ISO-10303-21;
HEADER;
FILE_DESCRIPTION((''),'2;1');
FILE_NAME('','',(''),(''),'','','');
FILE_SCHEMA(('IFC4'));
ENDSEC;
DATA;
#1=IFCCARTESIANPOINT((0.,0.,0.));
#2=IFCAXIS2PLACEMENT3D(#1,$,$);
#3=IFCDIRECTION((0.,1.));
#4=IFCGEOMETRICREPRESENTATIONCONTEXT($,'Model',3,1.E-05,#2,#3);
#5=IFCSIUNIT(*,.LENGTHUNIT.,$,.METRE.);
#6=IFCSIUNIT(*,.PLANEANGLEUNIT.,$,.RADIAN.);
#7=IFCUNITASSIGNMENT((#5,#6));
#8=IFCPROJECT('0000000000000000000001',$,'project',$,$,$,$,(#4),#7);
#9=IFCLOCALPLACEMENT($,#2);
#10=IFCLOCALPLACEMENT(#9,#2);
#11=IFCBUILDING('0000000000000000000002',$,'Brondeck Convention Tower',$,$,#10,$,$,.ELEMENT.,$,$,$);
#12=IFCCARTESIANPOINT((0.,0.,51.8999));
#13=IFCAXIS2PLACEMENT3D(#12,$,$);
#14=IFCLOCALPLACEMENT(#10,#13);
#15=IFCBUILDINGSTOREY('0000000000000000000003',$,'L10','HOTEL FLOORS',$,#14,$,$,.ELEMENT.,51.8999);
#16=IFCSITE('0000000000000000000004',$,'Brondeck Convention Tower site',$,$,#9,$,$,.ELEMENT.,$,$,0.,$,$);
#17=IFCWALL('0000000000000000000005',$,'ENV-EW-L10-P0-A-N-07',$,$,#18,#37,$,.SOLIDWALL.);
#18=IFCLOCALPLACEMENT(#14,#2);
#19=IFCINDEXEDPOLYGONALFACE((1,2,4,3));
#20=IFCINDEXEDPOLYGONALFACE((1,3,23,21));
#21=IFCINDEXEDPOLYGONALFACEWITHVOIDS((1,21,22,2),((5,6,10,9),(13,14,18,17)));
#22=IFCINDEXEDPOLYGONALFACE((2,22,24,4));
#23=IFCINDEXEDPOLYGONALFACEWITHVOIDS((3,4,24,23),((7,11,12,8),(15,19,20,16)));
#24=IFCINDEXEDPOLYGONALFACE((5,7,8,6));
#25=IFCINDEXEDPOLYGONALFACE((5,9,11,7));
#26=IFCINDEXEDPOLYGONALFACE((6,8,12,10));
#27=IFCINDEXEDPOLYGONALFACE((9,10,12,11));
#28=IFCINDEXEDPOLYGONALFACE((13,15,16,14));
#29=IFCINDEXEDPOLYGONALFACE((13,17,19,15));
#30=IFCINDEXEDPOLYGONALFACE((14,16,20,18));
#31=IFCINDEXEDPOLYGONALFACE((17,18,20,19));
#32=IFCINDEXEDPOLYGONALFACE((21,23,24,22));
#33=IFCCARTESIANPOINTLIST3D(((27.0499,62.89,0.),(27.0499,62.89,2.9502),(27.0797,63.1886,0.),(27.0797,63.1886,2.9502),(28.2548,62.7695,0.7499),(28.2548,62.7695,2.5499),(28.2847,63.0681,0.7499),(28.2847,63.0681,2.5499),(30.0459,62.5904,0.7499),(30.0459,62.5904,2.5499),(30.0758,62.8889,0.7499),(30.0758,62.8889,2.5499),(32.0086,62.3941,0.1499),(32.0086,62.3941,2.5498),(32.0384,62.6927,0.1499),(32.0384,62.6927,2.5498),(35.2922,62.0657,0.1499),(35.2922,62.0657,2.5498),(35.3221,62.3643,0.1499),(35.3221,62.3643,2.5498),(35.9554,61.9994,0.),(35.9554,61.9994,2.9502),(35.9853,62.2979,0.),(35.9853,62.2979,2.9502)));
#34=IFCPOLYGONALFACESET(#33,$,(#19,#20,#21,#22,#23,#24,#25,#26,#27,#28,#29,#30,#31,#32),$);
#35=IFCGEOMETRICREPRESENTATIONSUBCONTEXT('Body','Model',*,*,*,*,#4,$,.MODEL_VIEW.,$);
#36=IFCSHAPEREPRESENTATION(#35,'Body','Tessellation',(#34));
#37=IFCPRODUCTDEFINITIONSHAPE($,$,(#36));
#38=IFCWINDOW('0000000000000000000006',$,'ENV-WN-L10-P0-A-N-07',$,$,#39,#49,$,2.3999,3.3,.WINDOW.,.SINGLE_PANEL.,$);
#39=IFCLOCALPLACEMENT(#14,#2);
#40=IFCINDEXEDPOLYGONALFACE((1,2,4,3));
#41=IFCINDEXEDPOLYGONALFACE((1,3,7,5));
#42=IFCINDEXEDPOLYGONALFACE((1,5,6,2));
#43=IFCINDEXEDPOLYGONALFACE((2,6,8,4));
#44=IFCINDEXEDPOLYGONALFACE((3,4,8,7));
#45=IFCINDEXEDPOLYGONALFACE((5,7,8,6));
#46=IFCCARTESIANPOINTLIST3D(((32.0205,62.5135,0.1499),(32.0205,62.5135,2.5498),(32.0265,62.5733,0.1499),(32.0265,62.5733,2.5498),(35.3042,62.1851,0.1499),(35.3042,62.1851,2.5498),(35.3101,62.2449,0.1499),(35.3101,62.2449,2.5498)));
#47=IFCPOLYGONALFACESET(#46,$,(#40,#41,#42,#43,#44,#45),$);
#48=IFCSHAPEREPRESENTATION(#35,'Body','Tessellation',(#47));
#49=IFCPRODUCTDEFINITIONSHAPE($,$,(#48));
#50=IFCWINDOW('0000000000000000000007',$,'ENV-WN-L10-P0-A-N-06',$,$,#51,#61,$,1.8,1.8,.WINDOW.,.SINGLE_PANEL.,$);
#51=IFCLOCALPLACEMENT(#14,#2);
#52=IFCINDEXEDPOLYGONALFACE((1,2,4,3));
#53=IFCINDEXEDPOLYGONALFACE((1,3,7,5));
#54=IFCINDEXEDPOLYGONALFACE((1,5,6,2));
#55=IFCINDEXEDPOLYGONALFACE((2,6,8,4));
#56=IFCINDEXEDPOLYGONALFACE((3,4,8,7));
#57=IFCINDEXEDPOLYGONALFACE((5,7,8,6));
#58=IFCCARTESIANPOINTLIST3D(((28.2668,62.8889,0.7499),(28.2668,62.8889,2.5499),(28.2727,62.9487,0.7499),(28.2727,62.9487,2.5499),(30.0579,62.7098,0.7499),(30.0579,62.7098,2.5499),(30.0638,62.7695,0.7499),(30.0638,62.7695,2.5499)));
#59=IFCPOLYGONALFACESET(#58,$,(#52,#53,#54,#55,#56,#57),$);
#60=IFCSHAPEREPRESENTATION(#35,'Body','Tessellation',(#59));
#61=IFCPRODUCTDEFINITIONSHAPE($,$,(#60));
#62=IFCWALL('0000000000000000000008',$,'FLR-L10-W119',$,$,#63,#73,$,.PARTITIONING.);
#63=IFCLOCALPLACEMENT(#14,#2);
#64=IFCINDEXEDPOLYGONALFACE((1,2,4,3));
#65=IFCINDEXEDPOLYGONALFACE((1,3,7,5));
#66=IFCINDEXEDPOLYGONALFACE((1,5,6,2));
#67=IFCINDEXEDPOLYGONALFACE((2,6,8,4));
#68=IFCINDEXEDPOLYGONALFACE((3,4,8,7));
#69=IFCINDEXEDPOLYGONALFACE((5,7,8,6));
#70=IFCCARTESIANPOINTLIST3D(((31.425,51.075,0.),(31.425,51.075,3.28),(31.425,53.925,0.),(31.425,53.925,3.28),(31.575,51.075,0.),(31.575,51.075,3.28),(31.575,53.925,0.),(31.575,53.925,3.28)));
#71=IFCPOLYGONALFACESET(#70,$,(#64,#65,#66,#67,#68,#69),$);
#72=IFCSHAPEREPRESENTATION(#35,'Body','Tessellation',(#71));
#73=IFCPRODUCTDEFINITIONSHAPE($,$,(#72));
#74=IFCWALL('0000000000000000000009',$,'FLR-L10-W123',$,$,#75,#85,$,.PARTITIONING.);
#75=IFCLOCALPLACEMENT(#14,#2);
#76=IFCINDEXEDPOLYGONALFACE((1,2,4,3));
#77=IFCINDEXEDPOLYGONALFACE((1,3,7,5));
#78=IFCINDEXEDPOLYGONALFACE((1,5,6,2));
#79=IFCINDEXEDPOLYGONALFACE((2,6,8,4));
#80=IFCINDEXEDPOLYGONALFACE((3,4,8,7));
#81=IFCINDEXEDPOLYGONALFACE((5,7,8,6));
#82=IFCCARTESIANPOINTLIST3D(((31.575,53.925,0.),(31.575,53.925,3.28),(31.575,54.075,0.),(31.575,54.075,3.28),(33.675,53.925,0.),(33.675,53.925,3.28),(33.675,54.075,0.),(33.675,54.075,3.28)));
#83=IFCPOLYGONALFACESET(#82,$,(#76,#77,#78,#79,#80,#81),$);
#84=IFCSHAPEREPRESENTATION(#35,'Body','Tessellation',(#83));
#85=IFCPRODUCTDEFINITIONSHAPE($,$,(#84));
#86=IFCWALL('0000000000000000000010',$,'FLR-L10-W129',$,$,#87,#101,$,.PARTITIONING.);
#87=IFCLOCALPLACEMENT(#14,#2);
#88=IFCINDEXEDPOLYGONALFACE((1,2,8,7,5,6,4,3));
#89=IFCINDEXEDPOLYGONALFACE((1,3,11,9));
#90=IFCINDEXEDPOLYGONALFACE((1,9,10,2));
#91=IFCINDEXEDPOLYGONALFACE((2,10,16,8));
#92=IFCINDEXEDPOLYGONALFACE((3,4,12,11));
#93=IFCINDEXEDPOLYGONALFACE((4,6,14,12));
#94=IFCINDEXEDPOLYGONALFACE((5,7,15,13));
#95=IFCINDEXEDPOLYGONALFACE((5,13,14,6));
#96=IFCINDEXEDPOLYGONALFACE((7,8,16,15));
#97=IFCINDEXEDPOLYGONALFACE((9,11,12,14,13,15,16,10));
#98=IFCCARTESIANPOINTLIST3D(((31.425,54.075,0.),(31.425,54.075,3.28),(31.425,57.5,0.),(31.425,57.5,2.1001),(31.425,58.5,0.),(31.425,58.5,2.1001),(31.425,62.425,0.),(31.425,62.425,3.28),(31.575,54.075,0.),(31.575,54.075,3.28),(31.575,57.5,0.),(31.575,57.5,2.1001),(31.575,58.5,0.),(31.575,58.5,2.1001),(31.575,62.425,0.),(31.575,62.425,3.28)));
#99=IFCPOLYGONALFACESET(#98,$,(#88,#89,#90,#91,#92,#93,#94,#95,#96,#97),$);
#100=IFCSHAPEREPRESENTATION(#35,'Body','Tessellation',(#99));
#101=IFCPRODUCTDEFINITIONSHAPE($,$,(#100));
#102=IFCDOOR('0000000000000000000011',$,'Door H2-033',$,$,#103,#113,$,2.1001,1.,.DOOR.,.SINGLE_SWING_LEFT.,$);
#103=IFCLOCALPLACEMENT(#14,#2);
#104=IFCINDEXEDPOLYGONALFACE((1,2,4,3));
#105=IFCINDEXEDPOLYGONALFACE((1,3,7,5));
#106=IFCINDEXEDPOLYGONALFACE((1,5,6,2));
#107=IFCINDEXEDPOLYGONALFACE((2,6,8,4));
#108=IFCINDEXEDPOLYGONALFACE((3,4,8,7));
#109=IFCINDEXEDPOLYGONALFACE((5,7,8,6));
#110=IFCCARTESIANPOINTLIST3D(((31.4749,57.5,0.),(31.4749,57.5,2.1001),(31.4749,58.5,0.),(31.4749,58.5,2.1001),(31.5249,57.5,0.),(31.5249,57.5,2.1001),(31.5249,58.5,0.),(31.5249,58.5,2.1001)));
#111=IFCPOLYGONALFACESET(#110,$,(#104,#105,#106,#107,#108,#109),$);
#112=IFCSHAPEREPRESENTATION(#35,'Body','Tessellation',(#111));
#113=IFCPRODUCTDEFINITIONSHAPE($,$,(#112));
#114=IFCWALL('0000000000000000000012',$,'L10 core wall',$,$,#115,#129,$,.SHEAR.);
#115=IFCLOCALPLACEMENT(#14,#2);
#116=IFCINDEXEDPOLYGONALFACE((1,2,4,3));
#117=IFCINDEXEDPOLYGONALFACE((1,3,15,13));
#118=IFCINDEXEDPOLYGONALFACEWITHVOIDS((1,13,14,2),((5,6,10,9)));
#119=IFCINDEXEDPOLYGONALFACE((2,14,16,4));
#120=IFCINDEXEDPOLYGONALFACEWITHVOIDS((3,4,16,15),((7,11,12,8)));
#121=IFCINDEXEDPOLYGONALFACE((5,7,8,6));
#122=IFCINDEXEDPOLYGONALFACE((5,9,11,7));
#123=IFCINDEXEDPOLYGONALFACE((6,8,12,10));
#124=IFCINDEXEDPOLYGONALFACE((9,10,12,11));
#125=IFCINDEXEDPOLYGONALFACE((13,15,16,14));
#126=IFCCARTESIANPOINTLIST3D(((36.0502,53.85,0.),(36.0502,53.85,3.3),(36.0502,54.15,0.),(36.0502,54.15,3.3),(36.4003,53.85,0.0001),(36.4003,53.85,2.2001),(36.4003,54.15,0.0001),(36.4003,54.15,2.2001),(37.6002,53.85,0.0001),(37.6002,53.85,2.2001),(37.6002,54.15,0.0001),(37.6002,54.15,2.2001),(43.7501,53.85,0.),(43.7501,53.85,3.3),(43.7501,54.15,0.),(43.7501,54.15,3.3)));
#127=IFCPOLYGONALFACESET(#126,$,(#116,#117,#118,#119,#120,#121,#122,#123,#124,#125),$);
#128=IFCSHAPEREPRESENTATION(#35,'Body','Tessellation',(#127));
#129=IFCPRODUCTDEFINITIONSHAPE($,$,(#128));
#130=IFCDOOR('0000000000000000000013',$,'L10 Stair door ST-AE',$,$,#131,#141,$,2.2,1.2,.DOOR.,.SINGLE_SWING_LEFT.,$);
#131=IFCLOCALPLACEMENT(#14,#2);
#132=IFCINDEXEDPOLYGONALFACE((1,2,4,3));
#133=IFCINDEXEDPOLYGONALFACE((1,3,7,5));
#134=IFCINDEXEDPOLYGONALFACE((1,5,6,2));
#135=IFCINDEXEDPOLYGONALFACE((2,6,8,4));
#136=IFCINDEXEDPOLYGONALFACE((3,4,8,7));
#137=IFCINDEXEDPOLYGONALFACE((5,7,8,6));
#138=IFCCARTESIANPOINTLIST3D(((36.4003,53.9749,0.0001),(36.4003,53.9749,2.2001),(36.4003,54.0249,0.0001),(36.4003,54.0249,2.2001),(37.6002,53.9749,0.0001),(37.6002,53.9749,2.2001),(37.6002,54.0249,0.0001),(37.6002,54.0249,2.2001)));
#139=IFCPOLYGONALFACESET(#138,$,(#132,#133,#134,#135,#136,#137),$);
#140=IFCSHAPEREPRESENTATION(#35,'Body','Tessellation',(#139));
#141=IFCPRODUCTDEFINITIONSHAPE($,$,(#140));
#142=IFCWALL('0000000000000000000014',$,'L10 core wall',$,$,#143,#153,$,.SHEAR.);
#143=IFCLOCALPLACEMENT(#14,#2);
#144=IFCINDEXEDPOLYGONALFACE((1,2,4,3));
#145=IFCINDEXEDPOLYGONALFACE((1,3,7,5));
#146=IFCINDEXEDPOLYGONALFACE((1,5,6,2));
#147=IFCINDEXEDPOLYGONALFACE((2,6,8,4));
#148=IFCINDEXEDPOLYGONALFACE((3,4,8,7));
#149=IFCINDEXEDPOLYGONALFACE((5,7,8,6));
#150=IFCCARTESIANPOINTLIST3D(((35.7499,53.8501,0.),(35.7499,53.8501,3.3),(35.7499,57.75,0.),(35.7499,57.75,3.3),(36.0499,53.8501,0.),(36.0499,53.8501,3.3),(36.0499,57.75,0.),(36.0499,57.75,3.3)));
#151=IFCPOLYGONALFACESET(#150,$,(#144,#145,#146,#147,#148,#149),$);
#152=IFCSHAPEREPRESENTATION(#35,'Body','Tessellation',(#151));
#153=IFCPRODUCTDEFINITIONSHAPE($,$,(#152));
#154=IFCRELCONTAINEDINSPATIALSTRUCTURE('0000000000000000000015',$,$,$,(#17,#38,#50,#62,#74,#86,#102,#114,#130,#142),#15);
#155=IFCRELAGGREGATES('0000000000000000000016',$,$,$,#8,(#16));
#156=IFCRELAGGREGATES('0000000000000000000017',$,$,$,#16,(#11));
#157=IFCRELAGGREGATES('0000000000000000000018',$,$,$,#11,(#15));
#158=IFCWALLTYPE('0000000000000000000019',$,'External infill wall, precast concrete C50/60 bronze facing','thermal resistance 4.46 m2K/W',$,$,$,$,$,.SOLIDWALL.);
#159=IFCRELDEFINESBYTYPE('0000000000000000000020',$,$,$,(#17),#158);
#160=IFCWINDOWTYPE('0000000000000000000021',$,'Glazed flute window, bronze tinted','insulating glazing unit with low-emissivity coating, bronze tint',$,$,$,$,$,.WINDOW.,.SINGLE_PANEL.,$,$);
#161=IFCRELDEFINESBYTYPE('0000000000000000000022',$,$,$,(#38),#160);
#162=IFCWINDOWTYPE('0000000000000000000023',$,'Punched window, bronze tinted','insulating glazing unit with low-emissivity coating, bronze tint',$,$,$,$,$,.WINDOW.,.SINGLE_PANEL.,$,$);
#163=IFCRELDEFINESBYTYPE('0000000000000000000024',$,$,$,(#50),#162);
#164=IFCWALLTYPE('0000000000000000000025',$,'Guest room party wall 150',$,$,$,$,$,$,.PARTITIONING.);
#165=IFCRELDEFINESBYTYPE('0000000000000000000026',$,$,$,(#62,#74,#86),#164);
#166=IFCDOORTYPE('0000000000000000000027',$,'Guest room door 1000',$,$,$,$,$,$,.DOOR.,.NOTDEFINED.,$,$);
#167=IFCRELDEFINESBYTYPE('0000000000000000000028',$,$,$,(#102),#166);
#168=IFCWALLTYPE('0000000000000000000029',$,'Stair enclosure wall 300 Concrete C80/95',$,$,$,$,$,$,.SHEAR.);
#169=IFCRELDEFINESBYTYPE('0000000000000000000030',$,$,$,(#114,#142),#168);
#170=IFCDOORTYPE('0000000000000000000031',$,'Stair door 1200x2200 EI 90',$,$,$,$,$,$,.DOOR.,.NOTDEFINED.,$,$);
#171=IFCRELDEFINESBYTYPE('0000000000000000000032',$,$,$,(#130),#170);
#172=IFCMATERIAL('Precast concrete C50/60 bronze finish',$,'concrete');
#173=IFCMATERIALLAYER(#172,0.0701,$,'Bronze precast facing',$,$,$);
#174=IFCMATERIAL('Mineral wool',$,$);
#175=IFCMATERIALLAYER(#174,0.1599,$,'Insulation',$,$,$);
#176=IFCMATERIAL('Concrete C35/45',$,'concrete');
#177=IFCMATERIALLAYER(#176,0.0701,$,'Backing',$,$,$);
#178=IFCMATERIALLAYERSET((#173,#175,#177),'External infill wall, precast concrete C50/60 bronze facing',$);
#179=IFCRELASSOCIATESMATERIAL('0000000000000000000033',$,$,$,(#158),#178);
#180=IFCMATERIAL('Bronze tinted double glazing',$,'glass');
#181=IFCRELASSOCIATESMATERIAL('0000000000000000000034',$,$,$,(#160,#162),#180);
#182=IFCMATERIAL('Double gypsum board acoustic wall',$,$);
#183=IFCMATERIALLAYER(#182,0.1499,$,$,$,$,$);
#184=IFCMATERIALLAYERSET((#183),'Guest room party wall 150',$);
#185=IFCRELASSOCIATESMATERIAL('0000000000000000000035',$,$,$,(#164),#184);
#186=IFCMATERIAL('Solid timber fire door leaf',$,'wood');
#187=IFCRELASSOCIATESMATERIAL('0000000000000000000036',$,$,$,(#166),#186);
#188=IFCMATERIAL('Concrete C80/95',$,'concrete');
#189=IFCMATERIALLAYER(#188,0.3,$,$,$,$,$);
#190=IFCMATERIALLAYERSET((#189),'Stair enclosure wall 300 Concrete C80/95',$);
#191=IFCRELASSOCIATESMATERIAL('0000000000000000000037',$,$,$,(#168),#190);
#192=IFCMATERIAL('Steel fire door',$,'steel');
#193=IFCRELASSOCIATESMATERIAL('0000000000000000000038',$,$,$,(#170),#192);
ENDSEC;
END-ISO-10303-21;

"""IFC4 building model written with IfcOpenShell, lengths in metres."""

from ifc_helpers import new_model, si_unit, direction, frame, frame_2d, origin, place, context, subcontext, project, spatial, rectangle, extrude, material, layer, layer_set, type_object, element, fill, save


model = new_model("IFC4")

# Units and contexts
model_context = context("Model", 3, precision=1e-05, world=origin(), true_north=direction((0.0, 1.0)))
body_context = subcontext(model_context, "Body", "Model", "MODEL_VIEW")
ifc_project = project(units=[si_unit("LENGTHUNIT", "METRE"), si_unit("PLANEANGLEUNIT", "RADIAN")], contexts=[model_context])

# Site, building, storey
site_placement = place(None, origin())
site = spatial("IfcSite", under=ifc_project, at=site_placement, Name="Brondeck Convention Tower site", CompositionType="ELEMENT", RefElevation=0.0)
building_placement = place(site_placement, origin())
building = spatial("IfcBuilding", under=site, at=building_placement, Name="Brondeck Convention Tower", CompositionType="ELEMENT")
storey_placement = place(building_placement, frame((0.0, 0.0, 51.8999)))
storey = spatial("IfcBuildingStorey", under=building, at=storey_placement, Name="L10", Description="HOTEL FLOORS", CompositionType="ELEMENT", Elevation=51.8999)

# Shared definitions
ifc_material_1 = material(Name="Concrete C80/95", Category="concrete")

# Wall, openings, windows
ifc_material_2 = material(Name="Precast concrete C50/60 bronze finish", Category="concrete")
ifc_layer_1 = layer(ifc_material_2, 0.0701, Name="Bronze precast facing")
ifc_material_3 = material(Name="Mineral wool")
ifc_layer_2 = layer(ifc_material_3, 0.1599, Name="Insulation")
ifc_material_4 = material(Name="Concrete C35/45", Category="concrete")
ifc_layer_3 = layer(ifc_material_4, 0.0701, Name="Backing")
ifc_layer_set_1 = layer_set([ifc_layer_1, ifc_layer_2, ifc_layer_3], Name="External infill wall, precast concrete C50/60 bronze facing")
wall_type_1 = type_object("IfcWallType", Name="External infill wall, precast concrete C50/60 bronze facing", Description="thermal resistance 4.46 m2K/W", PredefinedType="SOLIDWALL", material=ifc_layer_set_1)
ifc_material_5 = material(Name="Bronze tinted double glazing", Category="glass")
window_type_1 = type_object("IfcWindowType", Name="Glazed flute window, bronze tinted", Description="insulating glazing unit with low-emissivity coating, bronze tint", PartitioningType="SINGLE_PANEL", PredefinedType="WINDOW", material=ifc_material_5)
window_type_2 = type_object("IfcWindowType", Name="Punched window, bronze tinted", Description="insulating glazing unit with low-emissivity coating, bronze tint", PartitioningType="SINGLE_PANEL", PredefinedType="WINDOW", material=ifc_material_5)
wall_1_placement = place(storey_placement, frame((27.0647, 63.0393, 0.0), z_axis=(0.0, 0.0, 1.0), x_axis=(0.995036, -0.099512, 0.0)))
wall_1 = element("IfcWall", 1, at=wall_1_placement, inside=storey, type_object=wall_type_1, Name="ENV-EW-L10-P0-A-N-07", PredefinedType="SOLIDWALL", context=body_context, shape_type="SweptSolid", body=[
    extrude(rectangle(XDim=8.95, YDim=0.3, at=frame_2d((4.4751, 0.0))), origin(), (0.0, 0.0, 1.0), 2.9502),
])
opening_1_placement = place(wall_1_placement, frame((1.2112, 0.0, 0.75)))
opening_1 = element("IfcOpeningElement", 2, at=opening_1_placement, cuts=wall_1, PredefinedType="OPENING", context=body_context, shape_type="SweptSolid", body=[
    extrude(rectangle(XDim=1.8, YDim=1.8, at=frame_2d((0.8999, 0.8999))), frame((0.0, 0.1599, 0.0), z_axis=(0.0, -1.0, 0.0), x_axis=(1.0, 0.0, 0.0)), (0.0, 0.0, 1.0), 0.3201),
])
opening_2_placement = place(wall_1_placement, frame((4.9836, 0.0, 0.1499)))
opening_2 = element("IfcOpeningElement", 3, at=opening_2_placement, cuts=wall_1, PredefinedType="OPENING", context=body_context, shape_type="SweptSolid", body=[
    extrude(rectangle(XDim=3.3, YDim=2.3999, at=frame_2d((1.6499, 1.2))), frame((0.0, 0.1599, 0.0), z_axis=(0.0, -1.0, 0.0), x_axis=(1.0, 0.0, 0.0)), (0.0, 0.0, 1.0), 0.3201),
])
window_1_placement = place(opening_2_placement, origin())
window_1 = element("IfcWindow", 4, at=window_1_placement, inside=storey, type_object=window_type_1, Name="ENV-WN-L10-P0-A-N-07", OverallHeight=2.3999, OverallWidth=3.3, PartitioningType="SINGLE_PANEL", PredefinedType="WINDOW", context=body_context, shape_type="SweptSolid", body=[
    extrude(rectangle(XDim=3.3, YDim=2.3999, at=frame_2d((1.6499, 1.2))), frame((0.0, 0.03, 0.0), z_axis=(0.0, -1.0, 0.0), x_axis=(1.0, 0.0, 0.0)), (0.0, 0.0, 1.0), 0.0601),
])
fill(opening_2, window_1)
window_2_placement = place(opening_1_placement, origin())
window_2 = element("IfcWindow", 5, at=window_2_placement, inside=storey, type_object=window_type_2, Name="ENV-WN-L10-P0-A-N-06", OverallHeight=1.8, OverallWidth=1.8, PartitioningType="SINGLE_PANEL", PredefinedType="WINDOW", context=body_context, shape_type="SweptSolid", body=[
    extrude(rectangle(XDim=1.8, YDim=1.8, at=frame_2d((0.8999, 0.8999))), frame((0.0, 0.03, 0.0), z_axis=(0.0, -1.0, 0.0), x_axis=(1.0, 0.0, 0.0)), (0.0, 0.0, 1.0), 0.0601),
])
fill(opening_1, window_2)

# Walls
ifc_material_6 = material(Name="Double gypsum board acoustic wall")
ifc_layer_4 = layer(ifc_material_6, 0.1499)
ifc_layer_set_2 = layer_set([ifc_layer_4], Name="Guest room party wall 150")
wall_type_2 = type_object("IfcWallType", Name="Guest room party wall 150", PredefinedType="PARTITIONING", material=ifc_layer_set_2)
wall_2_placement = place(storey_placement, frame((31.5, 53.925, 0.0), z_axis=(0.0, 0.0, 1.0), x_axis=(0.0, -1.0, 0.0)))
element("IfcWall", 6, at=wall_2_placement, inside=storey, type_object=wall_type_2, Name="FLR-L10-W119", PredefinedType="PARTITIONING", context=body_context, shape_type="SweptSolid", body=[
    extrude(rectangle(XDim=2.8501, YDim=0.1499, at=frame_2d((1.425, 0.0))), origin(), (0.0, 0.0, 1.0), 3.28),
])
wall_3_placement = place(storey_placement, frame((33.675, 54.0, 0.0), z_axis=(0.0, 0.0, 1.0), x_axis=(-1.0, 0.0, 0.0)))
element("IfcWall", 7, at=wall_3_placement, inside=storey, type_object=wall_type_2, Name="FLR-L10-W123", PredefinedType="PARTITIONING", context=body_context, shape_type="SweptSolid", body=[
    extrude(rectangle(XDim=2.1001, YDim=0.1499, at=frame_2d((1.05, 0.0))), origin(), (0.0, 0.0, 1.0), 3.28),
])

# Walls, openings, doors
wall_4_placement = place(storey_placement, frame((31.5, 62.425, 0.0), z_axis=(0.0, 0.0, 1.0), x_axis=(0.0, -1.0, 0.0)))
wall_4 = element("IfcWall", 8, at=wall_4_placement, inside=storey, type_object=wall_type_2, Name="FLR-L10-W129", PredefinedType="PARTITIONING", context=body_context, shape_type="SweptSolid", body=[
    extrude(rectangle(XDim=8.3501, YDim=0.1499, at=frame_2d((4.175, 0.0))), origin(), (0.0, 0.0, 1.0), 3.28),
])
opening_3_placement = place(wall_4_placement, frame((3.925, 0.0, 0.0)))
opening_3 = element("IfcOpeningElement", 9, at=opening_3_placement, cuts=wall_4, PredefinedType="OPENING", context=body_context, shape_type="SweptSolid", body=[
    extrude(rectangle(XDim=1.0, YDim=2.1001, at=frame_2d((0.5, 1.05))), frame((0.0, 0.085, 0.0), z_axis=(0.0, -1.0, 0.0), x_axis=(1.0, 0.0, 0.0)), (0.0, 0.0, 1.0), 0.1699),
])
ifc_material_7 = material(Name="Solid timber fire door leaf", Category="wood")
door_type_1 = type_object("IfcDoorType", Name="Guest room door 1000", OperationType="NOTDEFINED", PredefinedType="DOOR", material=ifc_material_7)
door_1_placement = place(opening_3_placement, origin())
door_1 = element("IfcDoor", 10, at=door_1_placement, inside=storey, type_object=door_type_1, Name="Door H2-033", OperationType="SINGLE_SWING_LEFT", OverallHeight=2.1001, OverallWidth=1.0, PredefinedType="DOOR", context=body_context, shape_type="SweptSolid", body=[
    extrude(rectangle(XDim=1.0, YDim=2.1001, at=frame_2d((0.5, 1.05))), frame((0.0, 0.0249, 0.0), z_axis=(0.0, -1.0, 0.0), x_axis=(1.0, 0.0, 0.0)), (0.0, 0.0, 1.0), 0.05),
])
fill(opening_3, door_1)
ifc_layer_5 = layer(ifc_material_1, 0.3)
ifc_layer_set_3 = layer_set([ifc_layer_5], Name="Stair enclosure wall 300 Concrete C80/95")
wall_type_3 = type_object("IfcWallType", Name="Stair enclosure wall 300 Concrete C80/95", PredefinedType="SHEAR", material=ifc_layer_set_3)
wall_5_placement = place(storey_placement, frame((36.05, 54.0, 0.0), z_axis=(0.0, 0.0, 1.0), x_axis=(1.0, 0.0, 0.0)))
wall_5 = element("IfcWall", 11, at=wall_5_placement, inside=storey, type_object=wall_type_3, Name="L10 core wall", PredefinedType="SHEAR", context=body_context, shape_type="SweptSolid", body=[
    extrude(rectangle(XDim=7.7, YDim=0.3, at=frame_2d((3.8501, 0.0))), origin(), (0.0, 0.0, 1.0), 3.3),
])
opening_4_placement = place(wall_5_placement, frame((0.3501, 0.0, 0.0)))
opening_4 = element("IfcOpeningElement", 12, at=opening_4_placement, cuts=wall_5, PredefinedType="OPENING", context=body_context, shape_type="SweptSolid", body=[
    extrude(rectangle(XDim=1.2, YDim=2.2, at=frame_2d((0.6001, 1.1001))), frame((0.0, 0.1599, 0.0), z_axis=(0.0, -1.0, 0.0), x_axis=(1.0, 0.0, 0.0)), (0.0, 0.0, 1.0), 0.3201),
])
ifc_material_8 = material(Name="Steel fire door", Category="steel")
door_type_2 = type_object("IfcDoorType", Name="Stair door 1200x2200 EI 90", OperationType="NOTDEFINED", PredefinedType="DOOR", material=ifc_material_8)
door_2_placement = place(opening_4_placement, origin())
door_2 = element("IfcDoor", 13, at=door_2_placement, inside=storey, type_object=door_type_2, Name="L10 Stair door ST-AE", OperationType="SINGLE_SWING_LEFT", OverallHeight=2.2, OverallWidth=1.2, PredefinedType="DOOR", context=body_context, shape_type="SweptSolid", body=[
    extrude(rectangle(XDim=1.2, YDim=2.2, at=frame_2d((0.6001, 1.1001))), frame((0.0, 0.0249, 0.0), z_axis=(0.0, -1.0, 0.0), x_axis=(1.0, 0.0, 0.0)), (0.0, 0.0, 1.0), 0.05),
])
fill(opening_4, door_2)

# Wall
wall_6_placement = place(storey_placement, frame((35.8999, 53.8501, 0.0), z_axis=(0.0, 0.0, 1.0), x_axis=(0.0, 1.0, 0.0)))
element("IfcWall", 14, at=wall_6_placement, inside=storey, type_object=wall_type_3, Name="L10 core wall", PredefinedType="SHEAR", context=body_context, shape_type="SweptSolid", body=[
    extrude(rectangle(XDim=3.8999, YDim=0.3, at=frame_2d((1.95, 0.0))), origin(), (0.0, 0.0, 1.0), 3.3),
])

save(model, "model.ifc")
